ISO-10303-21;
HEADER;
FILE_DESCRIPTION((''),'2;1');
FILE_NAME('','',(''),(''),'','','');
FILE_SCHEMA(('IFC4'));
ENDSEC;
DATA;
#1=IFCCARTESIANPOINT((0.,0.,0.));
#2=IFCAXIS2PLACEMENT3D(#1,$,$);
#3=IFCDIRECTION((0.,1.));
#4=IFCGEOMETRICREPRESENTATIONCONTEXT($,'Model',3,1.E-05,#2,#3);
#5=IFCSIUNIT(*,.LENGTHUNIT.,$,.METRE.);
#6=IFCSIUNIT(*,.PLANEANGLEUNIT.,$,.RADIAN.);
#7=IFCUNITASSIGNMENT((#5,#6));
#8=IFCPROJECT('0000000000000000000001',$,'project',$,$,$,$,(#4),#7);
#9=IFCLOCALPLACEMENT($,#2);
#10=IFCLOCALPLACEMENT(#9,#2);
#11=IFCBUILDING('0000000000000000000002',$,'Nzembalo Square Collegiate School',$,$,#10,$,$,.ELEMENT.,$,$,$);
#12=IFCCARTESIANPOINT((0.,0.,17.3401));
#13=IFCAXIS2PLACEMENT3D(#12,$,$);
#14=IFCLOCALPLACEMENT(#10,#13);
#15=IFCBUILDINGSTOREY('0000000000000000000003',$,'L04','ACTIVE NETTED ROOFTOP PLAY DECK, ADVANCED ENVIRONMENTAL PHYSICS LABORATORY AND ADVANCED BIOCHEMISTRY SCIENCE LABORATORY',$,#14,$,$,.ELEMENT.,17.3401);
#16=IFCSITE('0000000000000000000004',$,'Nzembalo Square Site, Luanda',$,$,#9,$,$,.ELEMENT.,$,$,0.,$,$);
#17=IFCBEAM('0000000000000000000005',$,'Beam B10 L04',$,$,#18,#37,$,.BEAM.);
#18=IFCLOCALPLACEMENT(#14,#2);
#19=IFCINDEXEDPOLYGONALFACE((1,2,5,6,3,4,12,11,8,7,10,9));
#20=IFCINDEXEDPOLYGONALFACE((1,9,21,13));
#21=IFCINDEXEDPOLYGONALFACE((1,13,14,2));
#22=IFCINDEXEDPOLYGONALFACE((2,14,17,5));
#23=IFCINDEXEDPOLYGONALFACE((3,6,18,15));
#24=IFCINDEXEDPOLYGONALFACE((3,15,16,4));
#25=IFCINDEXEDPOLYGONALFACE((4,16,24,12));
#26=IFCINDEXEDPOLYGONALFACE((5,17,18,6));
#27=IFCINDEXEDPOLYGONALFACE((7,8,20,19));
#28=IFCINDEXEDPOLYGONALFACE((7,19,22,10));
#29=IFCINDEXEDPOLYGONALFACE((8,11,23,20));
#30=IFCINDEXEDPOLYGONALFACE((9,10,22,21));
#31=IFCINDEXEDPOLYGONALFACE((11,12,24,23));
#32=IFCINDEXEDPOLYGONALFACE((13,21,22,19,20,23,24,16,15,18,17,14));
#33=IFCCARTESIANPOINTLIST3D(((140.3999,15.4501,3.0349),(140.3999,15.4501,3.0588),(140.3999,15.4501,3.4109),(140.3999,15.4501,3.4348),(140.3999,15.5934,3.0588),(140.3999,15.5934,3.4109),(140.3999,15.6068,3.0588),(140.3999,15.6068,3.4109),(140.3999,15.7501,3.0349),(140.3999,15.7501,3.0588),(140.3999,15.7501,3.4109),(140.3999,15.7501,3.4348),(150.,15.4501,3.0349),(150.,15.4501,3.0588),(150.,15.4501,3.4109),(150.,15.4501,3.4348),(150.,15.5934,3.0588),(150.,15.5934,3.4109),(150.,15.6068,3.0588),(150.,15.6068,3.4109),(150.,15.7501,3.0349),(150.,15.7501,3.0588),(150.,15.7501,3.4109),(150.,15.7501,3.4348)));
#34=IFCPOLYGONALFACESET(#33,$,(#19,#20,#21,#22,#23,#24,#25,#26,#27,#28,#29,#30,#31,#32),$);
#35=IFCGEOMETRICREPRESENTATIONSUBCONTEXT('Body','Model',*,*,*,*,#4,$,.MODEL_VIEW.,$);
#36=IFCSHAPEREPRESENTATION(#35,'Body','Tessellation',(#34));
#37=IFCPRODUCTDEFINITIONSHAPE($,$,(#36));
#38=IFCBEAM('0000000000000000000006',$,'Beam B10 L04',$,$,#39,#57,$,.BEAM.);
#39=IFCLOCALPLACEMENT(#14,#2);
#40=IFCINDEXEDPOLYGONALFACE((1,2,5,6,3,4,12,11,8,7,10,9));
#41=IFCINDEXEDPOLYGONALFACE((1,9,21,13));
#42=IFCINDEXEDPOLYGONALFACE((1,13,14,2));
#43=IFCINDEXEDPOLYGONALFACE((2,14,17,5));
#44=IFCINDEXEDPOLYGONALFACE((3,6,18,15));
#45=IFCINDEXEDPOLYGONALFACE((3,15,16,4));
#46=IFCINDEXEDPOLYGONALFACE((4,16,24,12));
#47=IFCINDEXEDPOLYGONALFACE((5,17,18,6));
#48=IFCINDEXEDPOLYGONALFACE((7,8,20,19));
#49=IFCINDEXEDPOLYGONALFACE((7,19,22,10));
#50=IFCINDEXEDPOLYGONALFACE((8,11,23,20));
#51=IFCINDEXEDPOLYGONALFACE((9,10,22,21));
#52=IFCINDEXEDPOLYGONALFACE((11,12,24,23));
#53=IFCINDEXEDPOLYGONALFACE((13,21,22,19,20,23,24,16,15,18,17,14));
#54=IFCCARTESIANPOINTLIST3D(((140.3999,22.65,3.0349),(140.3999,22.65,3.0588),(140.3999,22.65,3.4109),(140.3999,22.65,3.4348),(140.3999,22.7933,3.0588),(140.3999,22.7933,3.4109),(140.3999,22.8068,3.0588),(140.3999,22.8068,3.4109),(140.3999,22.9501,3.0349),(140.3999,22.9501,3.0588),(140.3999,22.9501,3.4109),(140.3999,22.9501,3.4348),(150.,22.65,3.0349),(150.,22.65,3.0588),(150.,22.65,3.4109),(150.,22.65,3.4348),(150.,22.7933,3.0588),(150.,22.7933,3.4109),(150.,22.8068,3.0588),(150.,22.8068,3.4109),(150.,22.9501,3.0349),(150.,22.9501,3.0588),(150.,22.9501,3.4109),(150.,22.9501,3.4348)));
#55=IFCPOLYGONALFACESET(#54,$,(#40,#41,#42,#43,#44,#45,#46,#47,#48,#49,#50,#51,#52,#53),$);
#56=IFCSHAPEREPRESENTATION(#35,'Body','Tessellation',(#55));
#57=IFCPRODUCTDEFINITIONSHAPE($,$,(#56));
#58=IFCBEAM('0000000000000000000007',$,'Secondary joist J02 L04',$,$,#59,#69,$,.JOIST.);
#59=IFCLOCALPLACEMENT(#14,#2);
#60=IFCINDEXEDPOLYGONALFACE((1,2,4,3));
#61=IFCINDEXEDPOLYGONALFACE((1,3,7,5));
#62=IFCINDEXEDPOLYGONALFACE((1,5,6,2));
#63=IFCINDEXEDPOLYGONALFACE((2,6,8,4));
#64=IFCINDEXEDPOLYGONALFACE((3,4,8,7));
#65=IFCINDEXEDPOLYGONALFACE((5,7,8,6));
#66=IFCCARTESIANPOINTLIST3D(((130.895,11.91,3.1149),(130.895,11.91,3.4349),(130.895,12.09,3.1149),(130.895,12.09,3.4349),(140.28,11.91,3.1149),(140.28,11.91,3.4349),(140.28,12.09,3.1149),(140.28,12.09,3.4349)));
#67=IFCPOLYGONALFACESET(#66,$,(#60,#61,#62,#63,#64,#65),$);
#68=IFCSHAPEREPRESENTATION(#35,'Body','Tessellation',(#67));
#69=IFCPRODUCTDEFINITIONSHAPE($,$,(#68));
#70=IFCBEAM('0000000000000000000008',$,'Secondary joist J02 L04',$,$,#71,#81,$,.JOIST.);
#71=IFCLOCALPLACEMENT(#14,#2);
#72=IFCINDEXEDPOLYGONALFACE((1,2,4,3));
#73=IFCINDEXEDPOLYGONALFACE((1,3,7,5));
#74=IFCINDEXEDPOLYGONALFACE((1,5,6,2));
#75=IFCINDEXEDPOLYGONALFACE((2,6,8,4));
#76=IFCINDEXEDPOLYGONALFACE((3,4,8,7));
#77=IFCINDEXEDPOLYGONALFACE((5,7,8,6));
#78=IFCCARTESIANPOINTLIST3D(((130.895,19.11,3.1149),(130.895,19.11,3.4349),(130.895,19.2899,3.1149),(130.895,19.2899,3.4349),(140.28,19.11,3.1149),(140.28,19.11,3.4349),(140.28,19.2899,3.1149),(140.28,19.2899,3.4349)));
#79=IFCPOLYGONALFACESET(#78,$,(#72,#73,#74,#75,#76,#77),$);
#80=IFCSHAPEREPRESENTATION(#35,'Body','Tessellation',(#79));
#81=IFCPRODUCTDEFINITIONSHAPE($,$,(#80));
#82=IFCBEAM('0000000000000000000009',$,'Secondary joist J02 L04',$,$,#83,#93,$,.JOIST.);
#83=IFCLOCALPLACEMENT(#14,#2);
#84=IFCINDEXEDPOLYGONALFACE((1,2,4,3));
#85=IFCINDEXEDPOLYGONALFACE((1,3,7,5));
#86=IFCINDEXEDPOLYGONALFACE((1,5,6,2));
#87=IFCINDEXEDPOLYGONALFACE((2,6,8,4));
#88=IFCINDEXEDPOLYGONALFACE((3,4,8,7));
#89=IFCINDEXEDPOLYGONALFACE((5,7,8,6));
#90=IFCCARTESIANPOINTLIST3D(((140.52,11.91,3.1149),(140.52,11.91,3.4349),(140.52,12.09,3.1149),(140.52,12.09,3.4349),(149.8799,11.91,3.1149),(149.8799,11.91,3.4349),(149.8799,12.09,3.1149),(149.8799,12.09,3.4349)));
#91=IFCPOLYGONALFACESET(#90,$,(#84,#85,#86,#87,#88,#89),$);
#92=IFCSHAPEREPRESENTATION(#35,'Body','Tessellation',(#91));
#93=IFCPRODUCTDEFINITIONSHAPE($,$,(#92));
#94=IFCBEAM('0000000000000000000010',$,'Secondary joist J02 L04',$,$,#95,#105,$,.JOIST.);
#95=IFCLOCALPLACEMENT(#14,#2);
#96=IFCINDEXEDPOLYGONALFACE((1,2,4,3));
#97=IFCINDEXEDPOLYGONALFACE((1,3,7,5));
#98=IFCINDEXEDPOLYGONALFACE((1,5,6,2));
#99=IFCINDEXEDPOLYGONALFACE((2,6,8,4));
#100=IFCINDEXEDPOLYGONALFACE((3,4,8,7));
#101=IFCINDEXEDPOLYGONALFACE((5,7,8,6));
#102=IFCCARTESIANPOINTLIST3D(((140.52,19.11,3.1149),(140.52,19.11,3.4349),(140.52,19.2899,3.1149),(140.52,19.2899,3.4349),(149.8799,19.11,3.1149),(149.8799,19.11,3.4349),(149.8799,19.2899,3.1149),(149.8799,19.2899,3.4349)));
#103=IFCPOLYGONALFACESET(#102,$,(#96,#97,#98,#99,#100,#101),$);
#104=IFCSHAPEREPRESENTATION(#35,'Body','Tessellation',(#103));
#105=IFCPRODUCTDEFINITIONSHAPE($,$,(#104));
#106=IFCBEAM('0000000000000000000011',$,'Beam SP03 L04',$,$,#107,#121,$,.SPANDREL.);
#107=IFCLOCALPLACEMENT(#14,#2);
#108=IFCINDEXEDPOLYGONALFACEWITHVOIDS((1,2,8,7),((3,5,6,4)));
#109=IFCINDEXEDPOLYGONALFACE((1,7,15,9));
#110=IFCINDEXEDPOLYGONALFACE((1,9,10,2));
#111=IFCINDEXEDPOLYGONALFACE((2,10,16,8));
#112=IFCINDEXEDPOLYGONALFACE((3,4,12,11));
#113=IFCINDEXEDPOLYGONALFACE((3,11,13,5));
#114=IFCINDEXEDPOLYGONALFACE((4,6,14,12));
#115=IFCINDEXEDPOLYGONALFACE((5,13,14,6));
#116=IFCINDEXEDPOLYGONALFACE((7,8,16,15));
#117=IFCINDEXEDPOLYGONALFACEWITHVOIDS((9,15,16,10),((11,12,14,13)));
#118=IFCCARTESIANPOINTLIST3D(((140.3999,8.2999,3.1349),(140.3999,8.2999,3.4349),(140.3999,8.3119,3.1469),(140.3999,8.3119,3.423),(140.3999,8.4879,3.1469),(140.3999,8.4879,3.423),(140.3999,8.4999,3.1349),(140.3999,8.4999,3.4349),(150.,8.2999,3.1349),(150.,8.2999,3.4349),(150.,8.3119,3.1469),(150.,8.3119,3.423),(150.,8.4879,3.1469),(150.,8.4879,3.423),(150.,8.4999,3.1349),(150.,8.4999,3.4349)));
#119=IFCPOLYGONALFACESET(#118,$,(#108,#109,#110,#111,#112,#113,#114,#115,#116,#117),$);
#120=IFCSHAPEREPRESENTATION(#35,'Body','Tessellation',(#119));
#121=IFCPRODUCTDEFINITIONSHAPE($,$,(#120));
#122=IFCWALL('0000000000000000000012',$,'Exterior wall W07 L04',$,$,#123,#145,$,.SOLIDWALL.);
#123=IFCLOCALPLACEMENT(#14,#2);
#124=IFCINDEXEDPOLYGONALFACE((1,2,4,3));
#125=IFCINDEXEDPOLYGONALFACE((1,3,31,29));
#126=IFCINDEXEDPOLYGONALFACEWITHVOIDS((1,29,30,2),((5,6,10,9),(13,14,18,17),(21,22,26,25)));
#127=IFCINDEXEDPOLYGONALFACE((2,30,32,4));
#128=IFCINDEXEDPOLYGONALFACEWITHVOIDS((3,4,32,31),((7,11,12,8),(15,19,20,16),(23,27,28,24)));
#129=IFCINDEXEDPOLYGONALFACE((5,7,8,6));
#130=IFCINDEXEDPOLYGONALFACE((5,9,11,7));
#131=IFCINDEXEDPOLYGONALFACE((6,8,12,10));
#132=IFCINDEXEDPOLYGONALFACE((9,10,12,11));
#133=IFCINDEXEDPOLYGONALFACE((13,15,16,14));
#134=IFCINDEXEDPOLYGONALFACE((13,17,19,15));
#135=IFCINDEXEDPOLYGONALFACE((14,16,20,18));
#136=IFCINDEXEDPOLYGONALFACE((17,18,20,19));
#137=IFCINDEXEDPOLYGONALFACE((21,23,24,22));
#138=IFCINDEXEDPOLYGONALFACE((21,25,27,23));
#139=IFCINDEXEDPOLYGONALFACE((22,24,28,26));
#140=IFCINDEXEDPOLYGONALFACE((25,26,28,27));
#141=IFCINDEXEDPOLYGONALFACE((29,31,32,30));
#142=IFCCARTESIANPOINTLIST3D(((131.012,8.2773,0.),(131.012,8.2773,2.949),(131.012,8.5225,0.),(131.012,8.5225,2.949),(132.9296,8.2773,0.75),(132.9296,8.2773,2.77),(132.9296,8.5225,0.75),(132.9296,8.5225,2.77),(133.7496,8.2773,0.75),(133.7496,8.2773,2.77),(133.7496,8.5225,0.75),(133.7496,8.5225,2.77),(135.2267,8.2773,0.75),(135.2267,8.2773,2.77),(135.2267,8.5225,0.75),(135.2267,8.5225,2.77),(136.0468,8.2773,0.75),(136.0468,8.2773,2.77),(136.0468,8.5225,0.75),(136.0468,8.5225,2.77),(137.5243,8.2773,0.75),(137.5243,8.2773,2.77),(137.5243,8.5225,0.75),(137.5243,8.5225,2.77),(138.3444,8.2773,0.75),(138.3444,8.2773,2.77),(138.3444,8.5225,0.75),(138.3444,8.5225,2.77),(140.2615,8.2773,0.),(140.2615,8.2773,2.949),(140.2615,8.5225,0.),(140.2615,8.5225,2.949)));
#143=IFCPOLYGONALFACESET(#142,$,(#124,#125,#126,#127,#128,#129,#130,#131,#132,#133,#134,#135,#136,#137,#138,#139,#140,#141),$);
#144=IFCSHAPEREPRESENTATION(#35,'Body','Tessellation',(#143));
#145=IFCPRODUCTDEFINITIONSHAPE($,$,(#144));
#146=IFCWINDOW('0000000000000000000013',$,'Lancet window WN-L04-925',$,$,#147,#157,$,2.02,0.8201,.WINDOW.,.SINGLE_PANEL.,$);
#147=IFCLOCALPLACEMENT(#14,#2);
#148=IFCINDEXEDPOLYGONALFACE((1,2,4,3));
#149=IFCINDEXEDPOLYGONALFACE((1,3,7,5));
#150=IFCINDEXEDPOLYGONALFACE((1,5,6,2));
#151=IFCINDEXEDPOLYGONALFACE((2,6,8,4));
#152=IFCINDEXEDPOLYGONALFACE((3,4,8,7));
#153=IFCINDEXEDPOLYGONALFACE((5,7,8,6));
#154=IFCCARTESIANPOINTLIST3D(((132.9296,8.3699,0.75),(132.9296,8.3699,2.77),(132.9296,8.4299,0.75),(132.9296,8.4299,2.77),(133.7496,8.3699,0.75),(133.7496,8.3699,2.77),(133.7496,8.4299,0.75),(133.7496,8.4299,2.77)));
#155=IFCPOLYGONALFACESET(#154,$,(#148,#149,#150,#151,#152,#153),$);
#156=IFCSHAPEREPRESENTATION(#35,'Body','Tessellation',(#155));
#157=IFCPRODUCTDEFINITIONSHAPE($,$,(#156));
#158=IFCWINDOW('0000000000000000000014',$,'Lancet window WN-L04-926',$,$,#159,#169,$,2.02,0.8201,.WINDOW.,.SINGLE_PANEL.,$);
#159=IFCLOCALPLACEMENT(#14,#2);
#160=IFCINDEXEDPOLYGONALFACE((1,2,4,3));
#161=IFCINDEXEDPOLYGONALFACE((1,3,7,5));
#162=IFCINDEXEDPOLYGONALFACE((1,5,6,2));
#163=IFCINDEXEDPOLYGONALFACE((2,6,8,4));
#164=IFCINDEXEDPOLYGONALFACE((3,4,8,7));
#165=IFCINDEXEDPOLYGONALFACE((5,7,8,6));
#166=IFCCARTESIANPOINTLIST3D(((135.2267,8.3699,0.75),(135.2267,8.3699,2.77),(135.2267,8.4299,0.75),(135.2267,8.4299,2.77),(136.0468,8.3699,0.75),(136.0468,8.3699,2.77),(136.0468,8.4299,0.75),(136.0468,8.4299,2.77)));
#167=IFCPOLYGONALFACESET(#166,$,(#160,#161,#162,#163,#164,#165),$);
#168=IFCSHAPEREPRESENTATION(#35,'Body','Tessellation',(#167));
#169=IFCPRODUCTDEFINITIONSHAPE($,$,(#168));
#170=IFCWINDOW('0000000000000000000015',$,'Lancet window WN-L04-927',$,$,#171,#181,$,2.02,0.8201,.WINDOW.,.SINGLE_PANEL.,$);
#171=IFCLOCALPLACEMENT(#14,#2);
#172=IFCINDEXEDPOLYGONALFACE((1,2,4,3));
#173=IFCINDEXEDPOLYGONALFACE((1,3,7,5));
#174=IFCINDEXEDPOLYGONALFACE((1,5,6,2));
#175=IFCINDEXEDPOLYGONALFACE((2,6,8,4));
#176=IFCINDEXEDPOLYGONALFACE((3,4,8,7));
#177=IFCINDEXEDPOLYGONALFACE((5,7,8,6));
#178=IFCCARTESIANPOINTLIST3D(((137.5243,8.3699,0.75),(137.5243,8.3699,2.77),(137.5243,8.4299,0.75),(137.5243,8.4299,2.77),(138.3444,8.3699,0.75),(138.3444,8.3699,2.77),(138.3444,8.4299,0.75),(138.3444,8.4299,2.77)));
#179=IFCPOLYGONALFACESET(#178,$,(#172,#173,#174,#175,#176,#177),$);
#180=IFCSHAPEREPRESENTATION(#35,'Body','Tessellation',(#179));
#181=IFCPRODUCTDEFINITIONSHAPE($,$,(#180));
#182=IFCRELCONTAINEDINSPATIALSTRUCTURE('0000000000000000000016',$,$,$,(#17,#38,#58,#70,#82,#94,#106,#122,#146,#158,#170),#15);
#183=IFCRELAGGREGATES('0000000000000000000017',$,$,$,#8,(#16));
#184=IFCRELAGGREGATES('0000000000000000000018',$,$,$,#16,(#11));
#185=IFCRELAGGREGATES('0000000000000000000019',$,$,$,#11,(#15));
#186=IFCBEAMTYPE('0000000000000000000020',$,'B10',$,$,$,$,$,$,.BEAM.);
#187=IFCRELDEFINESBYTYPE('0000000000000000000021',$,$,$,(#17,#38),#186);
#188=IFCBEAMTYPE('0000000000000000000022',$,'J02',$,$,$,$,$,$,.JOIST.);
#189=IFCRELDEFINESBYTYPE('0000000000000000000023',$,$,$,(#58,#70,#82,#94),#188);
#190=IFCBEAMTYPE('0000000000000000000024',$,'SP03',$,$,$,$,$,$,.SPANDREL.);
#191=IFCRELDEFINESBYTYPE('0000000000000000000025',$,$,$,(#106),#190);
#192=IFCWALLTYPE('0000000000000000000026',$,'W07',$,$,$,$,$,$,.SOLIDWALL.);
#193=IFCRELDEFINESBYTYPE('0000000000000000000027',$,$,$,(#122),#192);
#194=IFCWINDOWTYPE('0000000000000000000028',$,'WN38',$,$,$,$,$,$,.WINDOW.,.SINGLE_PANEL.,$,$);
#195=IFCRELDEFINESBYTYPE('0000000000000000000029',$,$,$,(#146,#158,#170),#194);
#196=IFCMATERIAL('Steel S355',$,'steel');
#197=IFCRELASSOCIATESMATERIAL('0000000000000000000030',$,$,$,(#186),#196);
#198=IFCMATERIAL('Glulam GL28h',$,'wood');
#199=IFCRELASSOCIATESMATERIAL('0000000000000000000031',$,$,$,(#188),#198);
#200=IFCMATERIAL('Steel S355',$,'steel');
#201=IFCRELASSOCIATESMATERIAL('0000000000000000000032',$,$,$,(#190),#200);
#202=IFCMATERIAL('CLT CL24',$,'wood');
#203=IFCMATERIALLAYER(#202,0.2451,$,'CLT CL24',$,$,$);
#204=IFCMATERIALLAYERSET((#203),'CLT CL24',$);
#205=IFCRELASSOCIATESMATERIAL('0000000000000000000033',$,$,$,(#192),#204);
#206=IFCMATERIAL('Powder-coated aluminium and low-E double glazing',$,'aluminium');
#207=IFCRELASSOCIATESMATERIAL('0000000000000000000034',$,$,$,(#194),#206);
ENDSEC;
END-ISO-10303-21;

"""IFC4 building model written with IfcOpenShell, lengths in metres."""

from ifc_helpers import new_model, si_unit, direction, frame, frame_2d, origin, origin_2d, place, context, subcontext, project, spatial, rectangle, hollow_rectangle, i_section, extrude, material, layer, layer_set, material_profile, profile_set, type_object, element, fill, save


model = new_model("IFC4")

# Units and contexts
model_context = context("Model", 3, precision=1e-05, world=origin(), true_north=direction((0.0, 1.0)))
body_context = subcontext(model_context, "Body", "Model", "MODEL_VIEW")
ifc_project = project(units=[si_unit("LENGTHUNIT", "METRE"), si_unit("PLANEANGLEUNIT", "RADIAN")], contexts=[model_context])

# Site, building, storey
site_placement = place(None, origin())
site = spatial("IfcSite", under=ifc_project, at=site_placement, Name="Nzembalo Square Site, Luanda", CompositionType="ELEMENT", RefElevation=0.0)
building_placement = place(site_placement, origin())
building = spatial("IfcBuilding", under=site, at=building_placement, Name="Nzembalo Square Collegiate School", CompositionType="ELEMENT")
storey_placement = place(building_placement, frame((0.0, 0.0, 17.3401)))
storey = spatial("IfcBuildingStorey", under=building, at=storey_placement, Name="L04", Description="ACTIVE NETTED ROOFTOP PLAY DECK, ADVANCED ENVIRONMENTAL PHYSICS LABORATORY AND ADVANCED BIOCHEMISTRY SCIENCE LABORATORY", CompositionType="ELEMENT", Elevation=17.3401)

# Beams
ifc_material_1 = material(Name="Steel S355", Category="steel")
ifc_material_profile_1 = material_profile(ifc_material_1, i_section(OverallWidth=0.3, OverallDepth=0.3999, WebThickness=0.0134, FlangeThickness=0.0239, at=origin_2d()), Name="HEB 400")
ifc_profile_set_1 = profile_set([ifc_material_profile_1], Name="Steel S355")
beam_type_1 = type_object("IfcBeamType", Name="B10", PredefinedType="BEAM", material=ifc_profile_set_1)
for number, where, z_axis, x_axis, name in (
    (1, (140.3999, 15.6001, 3.2349), (1.0, 0.0, 0.0), (0.0, 1.0, 0.0), "Beam B10 L04"),
    (2, (140.3999, 22.8, 3.2349), (1.0, 0.0, 0.0), (0.0, 1.0, 0.0), "Beam B10 L04"),
):
    element("IfcBeam", number, at=place(storey_placement, frame(where, z_axis=z_axis, x_axis=x_axis)), inside=storey, type_object=beam_type_1, Name=name, PredefinedType="BEAM", context=body_context, shape_type="SweptSolid", body=[
        extrude(i_section(OverallWidth=0.3, OverallDepth=0.3999, WebThickness=0.0134, FlangeThickness=0.0239, at=origin_2d()), origin(), (0.0, 0.0, 1.0), 9.6001),
    ])
ifc_material_2 = material(Name="Glulam GL28h", Category="wood")
ifc_material_profile_2 = material_profile(ifc_material_2, rectangle(XDim=0.1799, YDim=0.3201, at=origin_2d()), Name="GL28h 180x320")
ifc_profile_set_2 = profile_set([ifc_material_profile_2], Name="Glulam GL28h")
beam_type_2 = type_object("IfcBeamType", Name="J02", PredefinedType="JOIST", material=ifc_profile_set_2)
for number, where, z_axis, x_axis, name in (
    (3, (130.895, 12.0, 3.2749), (1.0, 0.0, 0.0), (0.0, 1.0, 0.0), "Secondary joist J02 L04"),
    (4, (130.895, 19.2, 3.2749), (1.0, 0.0, 0.0), (0.0, 1.0, 0.0), "Secondary joist J02 L04"),
):
    element("IfcBeam", number, at=place(storey_placement, frame(where, z_axis=z_axis, x_axis=x_axis)), inside=storey, type_object=beam_type_2, Name=name, PredefinedType="JOIST", context=body_context, shape_type="SweptSolid", body=[
        extrude(rectangle(XDim=0.1799, YDim=0.3201, at=origin_2d()), origin(), (0.0, 0.0, 1.0), 9.385),
    ])
for number, where, z_axis, x_axis, name in (
    (5, (140.52, 12.0, 3.2749), (1.0, 0.0, 0.0), (0.0, 1.0, 0.0), "Secondary joist J02 L04"),
    (6, (140.52, 19.2, 3.2749), (1.0, 0.0, 0.0), (0.0, 1.0, 0.0), "Secondary joist J02 L04"),
):
    element("IfcBeam", number, at=place(storey_placement, frame(where, z_axis=z_axis, x_axis=x_axis)), inside=storey, type_object=beam_type_2, Name=name, PredefinedType="JOIST", context=body_context, shape_type="SweptSolid", body=[
        extrude(rectangle(XDim=0.1799, YDim=0.3201, at=origin_2d()), origin(), (0.0, 0.0, 1.0), 9.3599),
    ])
ifc_material_3 = material(Name="Steel S355", Category="steel")
ifc_material_profile_3 = material_profile(ifc_material_3, hollow_rectangle(XDim=0.2, YDim=0.3, WallThickness=0.012, at=origin_2d()), Name="RHS 300x200x12")
ifc_profile_set_3 = profile_set([ifc_material_profile_3], Name="Steel S355")
beam_type_3 = type_object("IfcBeamType", Name="SP03", PredefinedType="SPANDREL", material=ifc_profile_set_3)
beam_1_placement = place(storey_placement, frame((140.3999, 8.3999, 3.2849), z_axis=(1.0, 0.0, 0.0), x_axis=(0.0, 1.0, 0.0)))
element("IfcBeam", 7, at=beam_1_placement, inside=storey, type_object=beam_type_3, Name="Beam SP03 L04", PredefinedType="SPANDREL", context=body_context, shape_type="SweptSolid", body=[
    extrude(hollow_rectangle(XDim=0.2, YDim=0.3, WallThickness=0.012, at=origin_2d()), origin(), (0.0, 0.0, 1.0), 9.6001),
])

# Wall, openings, windows
ifc_material_4 = material(Name="CLT CL24", Category="wood")
ifc_layer_1 = layer(ifc_material_4, 0.2451, Name="CLT CL24")
ifc_layer_set_1 = layer_set([ifc_layer_1], Name="CLT CL24")
wall_type_1 = type_object("IfcWallType", Name="W07", PredefinedType="SOLIDWALL", material=ifc_layer_set_1)
wall_1_placement = place(storey_placement, frame((131.012, 8.3999, 0.0), z_axis=(0.0, 0.0, 1.0), x_axis=(1.0, 0.0, 0.0)))
wall_1 = element("IfcWall", 8, at=wall_1_placement, inside=storey, type_object=wall_type_1, Name="Exterior wall W07 L04", PredefinedType="SOLIDWALL", context=body_context, shape_type="SweptSolid", body=[
    extrude(rectangle(XDim=9.2495, YDim=0.2451, at=frame_2d((4.6248, 0.0))), origin(), (0.0, 0.0, 1.0), 2.949),
])
opening_1_placement = place(wall_1_placement, frame((1.9175, 0.0, 0.75)))
opening_1 = element("IfcOpeningElement", 9, at=opening_1_placement, cuts=wall_1, PredefinedType="OPENING", context=body_context, shape_type="SweptSolid", body=[
    extrude(rectangle(XDim=0.8201, YDim=2.02, at=frame_2d((0.4102, 1.01))), frame((0.0, 0.1326, 0.0), z_axis=(0.0, -1.0, 0.0), x_axis=(1.0, 0.0, 0.0)), (0.0, 0.0, 1.0), 0.2651),
])
opening_2_placement = place(wall_1_placement, frame((4.2146, 0.0, 0.75)))
opening_2 = element("IfcOpeningElement", 10, at=opening_2_placement, cuts=wall_1, PredefinedType="OPENING", context=body_context, shape_type="SweptSolid", body=[
    extrude(rectangle(XDim=0.8201, YDim=2.02, at=frame_2d((0.4102, 1.01))), frame((0.0, 0.1326, 0.0), z_axis=(0.0, -1.0, 0.0), x_axis=(1.0, 0.0, 0.0)), (0.0, 0.0, 1.0), 0.2651),
])
opening_3_placement = place(wall_1_placement, frame((6.5122, 0.0, 0.75)))
opening_3 = element("IfcOpeningElement", 11, at=opening_3_placement, cuts=wall_1, PredefinedType="OPENING", context=body_context, shape_type="SweptSolid", body=[
    extrude(rectangle(XDim=0.8201, YDim=2.02, at=frame_2d((0.4102, 1.01))), frame((0.0, 0.1326, 0.0), z_axis=(0.0, -1.0, 0.0), x_axis=(1.0, 0.0, 0.0)), (0.0, 0.0, 1.0), 0.2651),
])
ifc_material_5 = material(Name="Powder-coated aluminium and low-E double glazing", Category="aluminium")
window_type_1 = type_object("IfcWindowType", Name="WN38", PartitioningType="SINGLE_PANEL", PredefinedType="WINDOW", material=ifc_material_5)
window_1_placement = place(opening_1_placement, origin())
window_1 = element("IfcWindow", 12, at=window_1_placement, inside=storey, type_object=window_type_1, Name="Lancet window WN-L04-925", OverallHeight=2.02, OverallWidth=0.8201, PartitioningType="SINGLE_PANEL", PredefinedType="WINDOW", context=body_context, shape_type="SweptSolid", body=[
    extrude(rectangle(XDim=0.8201, YDim=2.02, at=frame_2d((0.4102, 1.01))), frame((0.0, 0.03, 0.0), z_axis=(0.0, -1.0, 0.0), x_axis=(1.0, 0.0, 0.0)), (0.0, 0.0, 1.0), 0.0601),
])
fill(opening_1, window_1)
window_2_placement = place(opening_2_placement, origin())
window_2 = element("IfcWindow", 13, at=window_2_placement, inside=storey, type_object=window_type_1, Name="Lancet window WN-L04-926", OverallHeight=2.02, OverallWidth=0.8201, PartitioningType="SINGLE_PANEL", PredefinedType="WINDOW", context=body_context, shape_type="SweptSolid", body=[
    extrude(rectangle(XDim=0.8201, YDim=2.02, at=frame_2d((0.4102, 1.01))), frame((0.0, 0.03, 0.0), z_axis=(0.0, -1.0, 0.0), x_axis=(1.0, 0.0, 0.0)), (0.0, 0.0, 1.0), 0.0601),
])
fill(opening_2, window_2)
window_3_placement = place(opening_3_placement, origin())
window_3 = element("IfcWindow", 14, at=window_3_placement, inside=storey, type_object=window_type_1, Name="Lancet window WN-L04-927", OverallHeight=2.02, OverallWidth=0.8201, PartitioningType="SINGLE_PANEL", PredefinedType="WINDOW", context=body_context, shape_type="SweptSolid", body=[
    extrude(rectangle(XDim=0.8201, YDim=2.02, at=frame_2d((0.4102, 1.01))), frame((0.0, 0.03, 0.0), z_axis=(0.0, -1.0, 0.0), x_axis=(1.0, 0.0, 0.0)), (0.0, 0.0, 1.0), 0.0601),
])
fill(opening_3, window_3)

save(model, "model.ifc")
